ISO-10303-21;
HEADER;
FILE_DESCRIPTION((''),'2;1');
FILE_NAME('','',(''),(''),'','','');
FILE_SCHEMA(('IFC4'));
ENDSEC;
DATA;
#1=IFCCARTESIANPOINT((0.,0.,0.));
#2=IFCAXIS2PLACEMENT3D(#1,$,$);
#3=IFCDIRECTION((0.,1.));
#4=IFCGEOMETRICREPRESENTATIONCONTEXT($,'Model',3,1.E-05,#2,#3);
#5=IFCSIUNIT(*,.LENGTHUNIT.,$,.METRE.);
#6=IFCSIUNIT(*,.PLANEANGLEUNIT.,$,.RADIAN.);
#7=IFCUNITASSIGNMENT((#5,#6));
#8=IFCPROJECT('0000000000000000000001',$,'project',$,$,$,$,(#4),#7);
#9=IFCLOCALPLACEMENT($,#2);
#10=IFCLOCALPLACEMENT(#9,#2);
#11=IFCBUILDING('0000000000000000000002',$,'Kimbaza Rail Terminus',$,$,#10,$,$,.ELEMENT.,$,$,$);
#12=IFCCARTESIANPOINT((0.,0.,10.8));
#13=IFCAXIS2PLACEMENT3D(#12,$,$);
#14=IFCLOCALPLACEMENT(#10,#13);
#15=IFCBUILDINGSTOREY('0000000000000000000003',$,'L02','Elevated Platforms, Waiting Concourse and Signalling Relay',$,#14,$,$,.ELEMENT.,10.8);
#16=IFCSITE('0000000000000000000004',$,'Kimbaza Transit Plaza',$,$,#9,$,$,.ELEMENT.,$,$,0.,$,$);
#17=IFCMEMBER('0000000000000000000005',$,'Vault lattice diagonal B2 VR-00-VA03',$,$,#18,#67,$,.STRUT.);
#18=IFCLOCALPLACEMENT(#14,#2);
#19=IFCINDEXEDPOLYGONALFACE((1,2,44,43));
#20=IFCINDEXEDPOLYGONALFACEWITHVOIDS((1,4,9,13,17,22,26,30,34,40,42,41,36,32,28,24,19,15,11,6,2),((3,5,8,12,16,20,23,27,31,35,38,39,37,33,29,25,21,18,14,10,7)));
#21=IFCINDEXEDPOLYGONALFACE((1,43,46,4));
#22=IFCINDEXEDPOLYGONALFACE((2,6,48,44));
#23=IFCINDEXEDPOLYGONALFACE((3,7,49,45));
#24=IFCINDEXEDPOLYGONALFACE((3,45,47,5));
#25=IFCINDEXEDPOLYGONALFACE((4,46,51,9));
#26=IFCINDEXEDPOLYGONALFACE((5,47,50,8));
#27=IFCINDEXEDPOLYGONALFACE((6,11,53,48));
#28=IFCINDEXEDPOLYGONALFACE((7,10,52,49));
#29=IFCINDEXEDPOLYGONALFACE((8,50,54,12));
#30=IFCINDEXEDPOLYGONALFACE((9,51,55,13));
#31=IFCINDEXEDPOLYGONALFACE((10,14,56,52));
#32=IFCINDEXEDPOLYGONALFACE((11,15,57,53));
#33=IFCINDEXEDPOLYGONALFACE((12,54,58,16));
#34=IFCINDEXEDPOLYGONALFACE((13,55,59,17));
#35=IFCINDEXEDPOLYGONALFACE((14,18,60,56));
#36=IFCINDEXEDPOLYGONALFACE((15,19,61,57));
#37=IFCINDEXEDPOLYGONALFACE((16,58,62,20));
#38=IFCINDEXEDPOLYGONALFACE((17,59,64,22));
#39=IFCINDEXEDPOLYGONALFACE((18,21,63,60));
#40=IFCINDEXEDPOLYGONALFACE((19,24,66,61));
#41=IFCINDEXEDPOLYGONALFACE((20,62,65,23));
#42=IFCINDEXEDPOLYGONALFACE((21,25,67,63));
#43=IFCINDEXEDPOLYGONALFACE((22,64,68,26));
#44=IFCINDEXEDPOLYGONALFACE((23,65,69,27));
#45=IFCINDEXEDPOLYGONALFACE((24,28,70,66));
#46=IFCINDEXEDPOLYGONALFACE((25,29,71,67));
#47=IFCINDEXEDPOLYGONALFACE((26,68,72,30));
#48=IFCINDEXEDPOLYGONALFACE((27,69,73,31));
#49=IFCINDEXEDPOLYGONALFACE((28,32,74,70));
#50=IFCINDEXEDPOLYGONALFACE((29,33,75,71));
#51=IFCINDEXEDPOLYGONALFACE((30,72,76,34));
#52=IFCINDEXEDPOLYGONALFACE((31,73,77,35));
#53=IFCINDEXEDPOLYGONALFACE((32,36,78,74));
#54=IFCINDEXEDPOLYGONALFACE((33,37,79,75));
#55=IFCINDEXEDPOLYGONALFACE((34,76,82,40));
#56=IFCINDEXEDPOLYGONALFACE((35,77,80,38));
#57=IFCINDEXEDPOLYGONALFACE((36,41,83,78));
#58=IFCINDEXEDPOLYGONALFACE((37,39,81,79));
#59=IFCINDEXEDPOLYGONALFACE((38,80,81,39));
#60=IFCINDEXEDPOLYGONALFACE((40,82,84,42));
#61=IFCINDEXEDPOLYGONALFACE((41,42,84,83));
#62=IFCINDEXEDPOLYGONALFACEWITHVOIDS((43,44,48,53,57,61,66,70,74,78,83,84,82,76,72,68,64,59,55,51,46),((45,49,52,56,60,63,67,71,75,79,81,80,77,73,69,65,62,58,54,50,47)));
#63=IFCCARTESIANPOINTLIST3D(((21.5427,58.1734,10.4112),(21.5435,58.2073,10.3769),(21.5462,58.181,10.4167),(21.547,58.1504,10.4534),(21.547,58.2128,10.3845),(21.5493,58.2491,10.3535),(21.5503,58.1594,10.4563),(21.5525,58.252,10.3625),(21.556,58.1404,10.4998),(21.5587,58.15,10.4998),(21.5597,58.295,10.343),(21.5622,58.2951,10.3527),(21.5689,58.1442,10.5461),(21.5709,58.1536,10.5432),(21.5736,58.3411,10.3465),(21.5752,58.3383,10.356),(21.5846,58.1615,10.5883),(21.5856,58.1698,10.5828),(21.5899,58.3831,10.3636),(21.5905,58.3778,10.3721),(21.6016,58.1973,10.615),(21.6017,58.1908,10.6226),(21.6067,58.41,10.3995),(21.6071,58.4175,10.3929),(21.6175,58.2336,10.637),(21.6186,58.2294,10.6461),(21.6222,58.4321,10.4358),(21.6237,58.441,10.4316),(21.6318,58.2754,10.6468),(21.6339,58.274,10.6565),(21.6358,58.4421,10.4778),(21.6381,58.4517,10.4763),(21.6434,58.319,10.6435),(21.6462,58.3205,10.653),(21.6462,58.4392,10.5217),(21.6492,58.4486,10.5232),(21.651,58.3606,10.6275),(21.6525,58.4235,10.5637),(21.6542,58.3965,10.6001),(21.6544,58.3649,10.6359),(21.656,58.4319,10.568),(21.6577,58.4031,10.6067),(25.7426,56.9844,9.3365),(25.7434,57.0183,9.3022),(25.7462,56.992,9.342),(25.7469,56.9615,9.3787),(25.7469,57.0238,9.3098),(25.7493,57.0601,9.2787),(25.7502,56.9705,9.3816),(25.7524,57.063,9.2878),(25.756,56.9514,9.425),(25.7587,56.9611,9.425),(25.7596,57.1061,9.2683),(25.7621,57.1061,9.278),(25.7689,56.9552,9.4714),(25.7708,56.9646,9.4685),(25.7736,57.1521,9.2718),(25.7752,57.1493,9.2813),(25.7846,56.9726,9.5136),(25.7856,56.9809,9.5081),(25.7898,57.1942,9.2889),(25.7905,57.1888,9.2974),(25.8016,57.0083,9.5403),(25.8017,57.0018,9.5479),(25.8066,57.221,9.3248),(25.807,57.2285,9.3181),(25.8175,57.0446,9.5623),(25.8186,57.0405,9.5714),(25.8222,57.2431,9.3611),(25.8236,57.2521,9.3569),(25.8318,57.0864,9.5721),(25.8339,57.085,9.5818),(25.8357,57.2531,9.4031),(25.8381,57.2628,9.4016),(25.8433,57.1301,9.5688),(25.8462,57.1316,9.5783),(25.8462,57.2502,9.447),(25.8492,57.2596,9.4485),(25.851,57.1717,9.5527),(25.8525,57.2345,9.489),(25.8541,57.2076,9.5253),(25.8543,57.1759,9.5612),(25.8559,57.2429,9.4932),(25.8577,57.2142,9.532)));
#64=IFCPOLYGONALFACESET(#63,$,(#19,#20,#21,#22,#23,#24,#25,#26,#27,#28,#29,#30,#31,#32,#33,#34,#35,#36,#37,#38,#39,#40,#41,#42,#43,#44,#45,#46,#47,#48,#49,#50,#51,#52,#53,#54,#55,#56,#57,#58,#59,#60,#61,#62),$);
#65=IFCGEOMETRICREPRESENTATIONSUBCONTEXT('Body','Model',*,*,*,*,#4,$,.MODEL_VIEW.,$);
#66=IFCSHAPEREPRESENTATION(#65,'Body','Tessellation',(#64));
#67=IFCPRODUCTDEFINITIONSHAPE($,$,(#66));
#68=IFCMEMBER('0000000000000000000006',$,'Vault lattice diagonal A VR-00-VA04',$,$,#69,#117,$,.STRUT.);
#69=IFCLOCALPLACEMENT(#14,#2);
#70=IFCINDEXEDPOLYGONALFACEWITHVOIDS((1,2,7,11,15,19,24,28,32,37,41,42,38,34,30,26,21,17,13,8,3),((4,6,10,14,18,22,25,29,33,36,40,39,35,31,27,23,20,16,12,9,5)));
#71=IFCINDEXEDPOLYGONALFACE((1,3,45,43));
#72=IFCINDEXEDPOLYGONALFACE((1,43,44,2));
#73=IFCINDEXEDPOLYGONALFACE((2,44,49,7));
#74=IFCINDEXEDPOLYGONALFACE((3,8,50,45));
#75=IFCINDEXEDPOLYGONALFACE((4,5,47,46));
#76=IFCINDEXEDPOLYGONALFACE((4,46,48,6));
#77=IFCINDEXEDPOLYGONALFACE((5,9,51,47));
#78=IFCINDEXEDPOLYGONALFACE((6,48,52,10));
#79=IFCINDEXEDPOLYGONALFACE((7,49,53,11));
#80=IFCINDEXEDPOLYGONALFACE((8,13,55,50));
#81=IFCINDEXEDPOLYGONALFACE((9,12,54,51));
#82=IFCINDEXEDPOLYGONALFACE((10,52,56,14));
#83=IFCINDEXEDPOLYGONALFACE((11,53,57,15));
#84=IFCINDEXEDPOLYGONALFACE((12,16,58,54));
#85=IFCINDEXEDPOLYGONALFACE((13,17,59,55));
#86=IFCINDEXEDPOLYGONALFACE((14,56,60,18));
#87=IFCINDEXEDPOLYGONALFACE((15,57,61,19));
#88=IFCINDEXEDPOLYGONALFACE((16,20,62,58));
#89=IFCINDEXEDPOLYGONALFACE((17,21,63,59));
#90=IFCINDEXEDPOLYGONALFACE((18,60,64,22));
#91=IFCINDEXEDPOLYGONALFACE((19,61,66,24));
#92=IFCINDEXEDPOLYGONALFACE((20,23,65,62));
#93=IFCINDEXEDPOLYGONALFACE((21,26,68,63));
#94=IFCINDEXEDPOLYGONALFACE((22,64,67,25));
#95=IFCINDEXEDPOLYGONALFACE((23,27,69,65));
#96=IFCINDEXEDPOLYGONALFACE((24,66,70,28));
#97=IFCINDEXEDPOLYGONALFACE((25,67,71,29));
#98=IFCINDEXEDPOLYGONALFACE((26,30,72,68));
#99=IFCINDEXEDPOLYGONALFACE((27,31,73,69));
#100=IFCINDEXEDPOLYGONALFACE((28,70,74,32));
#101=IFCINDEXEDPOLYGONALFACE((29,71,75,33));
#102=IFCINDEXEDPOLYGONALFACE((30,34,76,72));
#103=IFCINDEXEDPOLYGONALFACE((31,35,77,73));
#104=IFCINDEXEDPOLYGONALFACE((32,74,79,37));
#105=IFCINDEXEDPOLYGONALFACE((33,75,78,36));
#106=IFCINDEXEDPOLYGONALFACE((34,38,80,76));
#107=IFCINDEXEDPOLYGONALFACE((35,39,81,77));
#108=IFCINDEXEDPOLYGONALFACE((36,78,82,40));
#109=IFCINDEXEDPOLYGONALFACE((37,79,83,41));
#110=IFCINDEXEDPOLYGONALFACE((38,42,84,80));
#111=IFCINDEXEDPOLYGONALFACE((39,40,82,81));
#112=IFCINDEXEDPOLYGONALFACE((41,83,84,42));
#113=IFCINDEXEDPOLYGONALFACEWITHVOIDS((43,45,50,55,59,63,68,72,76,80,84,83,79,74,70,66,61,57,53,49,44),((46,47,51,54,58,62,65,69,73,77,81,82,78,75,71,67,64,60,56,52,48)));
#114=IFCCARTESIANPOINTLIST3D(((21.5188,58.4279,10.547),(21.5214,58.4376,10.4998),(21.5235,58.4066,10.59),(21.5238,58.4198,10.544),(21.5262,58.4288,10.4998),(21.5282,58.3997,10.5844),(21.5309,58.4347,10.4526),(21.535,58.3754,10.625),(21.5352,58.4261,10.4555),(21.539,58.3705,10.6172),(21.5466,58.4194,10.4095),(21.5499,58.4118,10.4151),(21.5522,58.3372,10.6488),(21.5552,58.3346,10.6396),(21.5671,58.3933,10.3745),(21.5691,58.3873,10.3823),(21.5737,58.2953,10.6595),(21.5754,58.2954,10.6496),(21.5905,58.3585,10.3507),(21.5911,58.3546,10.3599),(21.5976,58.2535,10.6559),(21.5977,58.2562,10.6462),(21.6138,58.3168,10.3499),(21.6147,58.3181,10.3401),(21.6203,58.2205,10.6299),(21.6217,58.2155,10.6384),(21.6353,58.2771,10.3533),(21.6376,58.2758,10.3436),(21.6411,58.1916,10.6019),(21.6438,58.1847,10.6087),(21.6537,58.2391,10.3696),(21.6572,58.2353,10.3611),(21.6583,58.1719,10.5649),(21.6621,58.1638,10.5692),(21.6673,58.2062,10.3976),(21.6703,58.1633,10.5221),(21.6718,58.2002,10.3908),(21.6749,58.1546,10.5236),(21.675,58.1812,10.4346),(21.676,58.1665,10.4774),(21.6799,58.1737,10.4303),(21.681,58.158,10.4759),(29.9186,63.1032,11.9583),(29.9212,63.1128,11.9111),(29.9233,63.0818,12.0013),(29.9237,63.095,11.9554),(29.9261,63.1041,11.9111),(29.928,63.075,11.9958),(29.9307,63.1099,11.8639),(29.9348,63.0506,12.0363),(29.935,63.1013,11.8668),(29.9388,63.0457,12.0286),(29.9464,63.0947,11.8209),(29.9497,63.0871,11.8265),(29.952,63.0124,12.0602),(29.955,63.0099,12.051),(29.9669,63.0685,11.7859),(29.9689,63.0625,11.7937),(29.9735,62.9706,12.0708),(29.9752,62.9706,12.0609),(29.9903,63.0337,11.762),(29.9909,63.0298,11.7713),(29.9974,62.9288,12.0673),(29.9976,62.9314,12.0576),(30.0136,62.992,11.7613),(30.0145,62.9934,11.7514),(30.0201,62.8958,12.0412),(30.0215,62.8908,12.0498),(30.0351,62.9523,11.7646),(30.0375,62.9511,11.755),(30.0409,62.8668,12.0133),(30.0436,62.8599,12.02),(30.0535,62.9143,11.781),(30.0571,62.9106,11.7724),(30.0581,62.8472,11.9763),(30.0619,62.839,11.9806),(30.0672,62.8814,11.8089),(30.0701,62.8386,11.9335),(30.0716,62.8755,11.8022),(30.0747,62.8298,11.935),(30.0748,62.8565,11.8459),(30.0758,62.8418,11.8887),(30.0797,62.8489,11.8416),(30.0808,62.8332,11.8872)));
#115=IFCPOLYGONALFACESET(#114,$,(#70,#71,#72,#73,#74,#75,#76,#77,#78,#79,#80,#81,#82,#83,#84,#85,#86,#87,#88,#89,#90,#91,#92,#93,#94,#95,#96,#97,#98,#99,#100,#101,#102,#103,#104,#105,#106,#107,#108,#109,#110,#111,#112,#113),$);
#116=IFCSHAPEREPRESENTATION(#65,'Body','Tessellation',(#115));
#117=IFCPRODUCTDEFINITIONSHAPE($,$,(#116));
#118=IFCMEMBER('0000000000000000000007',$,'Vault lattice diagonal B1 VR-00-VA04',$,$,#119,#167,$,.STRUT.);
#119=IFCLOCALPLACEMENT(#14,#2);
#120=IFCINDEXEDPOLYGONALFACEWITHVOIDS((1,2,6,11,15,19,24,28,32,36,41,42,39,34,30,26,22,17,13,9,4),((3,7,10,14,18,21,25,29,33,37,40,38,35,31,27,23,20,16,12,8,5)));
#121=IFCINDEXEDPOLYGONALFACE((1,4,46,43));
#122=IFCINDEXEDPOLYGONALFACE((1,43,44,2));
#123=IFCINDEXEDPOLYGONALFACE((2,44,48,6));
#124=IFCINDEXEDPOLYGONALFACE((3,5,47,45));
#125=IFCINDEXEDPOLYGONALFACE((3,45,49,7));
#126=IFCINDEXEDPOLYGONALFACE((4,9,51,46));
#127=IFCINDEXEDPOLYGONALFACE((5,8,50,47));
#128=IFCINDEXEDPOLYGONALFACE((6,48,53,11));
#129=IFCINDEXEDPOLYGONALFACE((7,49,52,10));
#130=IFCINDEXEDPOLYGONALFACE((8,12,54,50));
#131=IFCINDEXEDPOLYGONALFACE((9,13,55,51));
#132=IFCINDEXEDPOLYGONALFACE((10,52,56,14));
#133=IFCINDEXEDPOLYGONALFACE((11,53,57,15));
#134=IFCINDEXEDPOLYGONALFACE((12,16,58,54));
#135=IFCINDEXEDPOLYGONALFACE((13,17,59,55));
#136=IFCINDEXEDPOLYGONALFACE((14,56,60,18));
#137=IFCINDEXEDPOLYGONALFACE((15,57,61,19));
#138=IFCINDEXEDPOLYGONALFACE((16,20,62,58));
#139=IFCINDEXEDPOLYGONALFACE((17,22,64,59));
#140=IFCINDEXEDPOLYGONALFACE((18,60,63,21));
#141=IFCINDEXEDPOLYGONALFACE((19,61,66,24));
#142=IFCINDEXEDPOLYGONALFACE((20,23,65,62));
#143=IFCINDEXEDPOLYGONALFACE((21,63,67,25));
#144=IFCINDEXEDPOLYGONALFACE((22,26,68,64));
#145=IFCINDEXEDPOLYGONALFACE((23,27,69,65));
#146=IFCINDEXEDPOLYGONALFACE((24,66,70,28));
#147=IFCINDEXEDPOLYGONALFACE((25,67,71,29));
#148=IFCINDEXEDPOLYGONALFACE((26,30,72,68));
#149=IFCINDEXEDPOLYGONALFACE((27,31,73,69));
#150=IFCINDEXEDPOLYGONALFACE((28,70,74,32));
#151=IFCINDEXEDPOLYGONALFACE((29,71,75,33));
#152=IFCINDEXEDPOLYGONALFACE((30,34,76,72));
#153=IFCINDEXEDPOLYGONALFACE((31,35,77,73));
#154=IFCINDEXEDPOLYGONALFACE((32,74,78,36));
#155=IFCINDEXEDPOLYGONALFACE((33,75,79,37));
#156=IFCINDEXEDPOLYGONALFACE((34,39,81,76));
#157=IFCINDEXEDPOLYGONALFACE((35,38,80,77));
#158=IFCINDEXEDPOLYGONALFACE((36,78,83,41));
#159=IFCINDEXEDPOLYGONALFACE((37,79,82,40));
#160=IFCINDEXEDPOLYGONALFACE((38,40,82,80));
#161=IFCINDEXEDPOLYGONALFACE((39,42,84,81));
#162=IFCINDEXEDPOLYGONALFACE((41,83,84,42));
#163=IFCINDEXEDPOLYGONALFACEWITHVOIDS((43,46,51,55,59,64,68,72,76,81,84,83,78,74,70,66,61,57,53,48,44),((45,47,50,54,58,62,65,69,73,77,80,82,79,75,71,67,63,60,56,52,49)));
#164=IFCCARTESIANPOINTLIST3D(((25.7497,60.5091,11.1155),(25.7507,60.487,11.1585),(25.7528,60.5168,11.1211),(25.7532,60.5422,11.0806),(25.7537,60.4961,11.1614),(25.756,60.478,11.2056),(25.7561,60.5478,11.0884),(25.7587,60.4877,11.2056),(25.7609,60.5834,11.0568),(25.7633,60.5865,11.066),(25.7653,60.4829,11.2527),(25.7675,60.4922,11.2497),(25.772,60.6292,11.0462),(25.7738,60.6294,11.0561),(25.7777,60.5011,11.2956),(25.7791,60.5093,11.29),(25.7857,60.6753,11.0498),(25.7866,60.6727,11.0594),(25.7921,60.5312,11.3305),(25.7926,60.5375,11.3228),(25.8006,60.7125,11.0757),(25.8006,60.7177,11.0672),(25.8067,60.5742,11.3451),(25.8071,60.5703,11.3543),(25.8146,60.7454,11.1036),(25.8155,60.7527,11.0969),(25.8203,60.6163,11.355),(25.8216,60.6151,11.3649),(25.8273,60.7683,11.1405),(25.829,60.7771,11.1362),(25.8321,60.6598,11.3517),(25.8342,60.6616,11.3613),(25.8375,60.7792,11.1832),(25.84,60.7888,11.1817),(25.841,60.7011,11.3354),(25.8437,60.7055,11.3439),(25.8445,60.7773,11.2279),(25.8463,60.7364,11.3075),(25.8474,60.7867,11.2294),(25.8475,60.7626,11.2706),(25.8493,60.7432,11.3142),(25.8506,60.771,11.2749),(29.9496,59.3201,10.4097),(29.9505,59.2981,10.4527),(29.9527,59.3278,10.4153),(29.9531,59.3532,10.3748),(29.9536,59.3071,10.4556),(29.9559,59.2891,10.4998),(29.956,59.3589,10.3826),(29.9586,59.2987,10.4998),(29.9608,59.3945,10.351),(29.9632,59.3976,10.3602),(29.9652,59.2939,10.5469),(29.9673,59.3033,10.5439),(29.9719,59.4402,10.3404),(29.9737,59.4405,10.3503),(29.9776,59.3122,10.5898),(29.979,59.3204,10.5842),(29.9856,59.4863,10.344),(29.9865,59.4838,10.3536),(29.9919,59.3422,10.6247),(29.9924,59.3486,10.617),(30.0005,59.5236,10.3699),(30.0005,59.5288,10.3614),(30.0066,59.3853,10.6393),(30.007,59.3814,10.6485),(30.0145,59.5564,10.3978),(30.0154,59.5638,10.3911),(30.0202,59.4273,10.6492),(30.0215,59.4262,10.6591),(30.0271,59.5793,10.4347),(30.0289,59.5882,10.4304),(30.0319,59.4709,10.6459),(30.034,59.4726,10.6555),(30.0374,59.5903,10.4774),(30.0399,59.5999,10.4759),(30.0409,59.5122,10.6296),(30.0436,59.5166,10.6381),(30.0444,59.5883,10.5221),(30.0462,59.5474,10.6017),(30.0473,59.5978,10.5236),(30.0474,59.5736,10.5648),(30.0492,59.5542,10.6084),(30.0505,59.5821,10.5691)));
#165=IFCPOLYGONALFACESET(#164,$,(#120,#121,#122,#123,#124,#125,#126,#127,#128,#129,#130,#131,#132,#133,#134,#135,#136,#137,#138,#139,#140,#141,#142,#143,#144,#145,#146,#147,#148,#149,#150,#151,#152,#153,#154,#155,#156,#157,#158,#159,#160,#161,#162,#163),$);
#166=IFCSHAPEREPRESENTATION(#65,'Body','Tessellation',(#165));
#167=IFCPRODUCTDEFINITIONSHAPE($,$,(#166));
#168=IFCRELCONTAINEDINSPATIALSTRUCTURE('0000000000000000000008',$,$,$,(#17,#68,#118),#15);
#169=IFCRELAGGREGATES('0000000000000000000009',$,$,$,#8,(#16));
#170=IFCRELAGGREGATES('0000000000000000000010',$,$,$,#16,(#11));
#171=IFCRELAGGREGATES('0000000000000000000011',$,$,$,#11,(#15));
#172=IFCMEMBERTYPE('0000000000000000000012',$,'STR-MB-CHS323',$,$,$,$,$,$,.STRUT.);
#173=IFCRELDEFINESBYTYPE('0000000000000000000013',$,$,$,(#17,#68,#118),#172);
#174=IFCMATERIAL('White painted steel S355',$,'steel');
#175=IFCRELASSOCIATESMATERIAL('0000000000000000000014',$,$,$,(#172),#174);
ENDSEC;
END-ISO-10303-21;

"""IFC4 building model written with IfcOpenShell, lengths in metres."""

from ifc_helpers import new_model, si_unit, direction, frame, origin, origin_2d, place, context, subcontext, project, spatial, hollow_circle, extrude, material, material_profile, profile_set, type_object, element, save


model = new_model("IFC4")

# Units and contexts
model_context = context("Model", 3, precision=1e-05, world=origin(), true_north=direction((0.0, 1.0)))
body_context = subcontext(model_context, "Body", "Model", "MODEL_VIEW")
ifc_project = project(units=[si_unit("LENGTHUNIT", "METRE"), si_unit("PLANEANGLEUNIT", "RADIAN")], contexts=[model_context])

# Site, building, storey
site_placement = place(None, origin())
site = spatial("IfcSite", under=ifc_project, at=site_placement, Name="Kimbaza Transit Plaza", CompositionType="ELEMENT", RefElevation=0.0)
building_placement = place(site_placement, origin())
building = spatial("IfcBuilding", under=site, at=building_placement, Name="Kimbaza Rail Terminus", CompositionType="ELEMENT")
storey_placement = place(building_placement, frame((0.0, 0.0, 10.8)))
storey = spatial("IfcBuildingStorey", under=building, at=storey_placement, Name="L02", Description="Elevated Platforms, Waiting Concourse and Signalling Relay", CompositionType="ELEMENT", Elevation=10.8)

# Members
ifc_material_1 = material(Name="White painted steel S355", Category="steel")
ifc_material_profile_1 = material_profile(ifc_material_1, hollow_circle(Radius=0.1619, WallThickness=0.01, at=origin_2d()), Name="CHS 323.9x10")
ifc_profile_set_1 = profile_set([ifc_material_profile_1], Name="White painted steel S355")
member_type_1 = type_object("IfcMemberType", Name="STR-MB-CHS323", PredefinedType="STRUT", material=ifc_profile_set_1)
for number, where, z_axis, x_axis, name in (
    (1, (25.8, 57.1072, 9.425), (-0.934287, 0.264487, 0.239071), (-0.272386, -0.962188, 0.0), "Vault lattice diagonal B2 VR-00-VA03"),
):
    element("IfcMember", number, at=place(storey_placement, frame(where, z_axis=z_axis, x_axis=x_axis)), inside=storey, type_object=member_type_1, Name=name, PredefinedType="STRUT", context=body_context, shape_type="SweptSolid", body=[
        extrude(hollow_circle(Radius=0.1619, WallThickness=0.01, at=origin_2d()), origin(), (0.0, 0.0, 1.0), 4.4954),
    ])
member_1_placement = place(storey_placement, frame((21.6001, 58.2961, 10.4998), z_axis=(0.864506, 0.481175, 0.145257), x_axis=(-0.486333, 0.873774, 0.0)))
element("IfcMember", 2, at=member_1_placement, inside=storey, type_object=member_type_1, Name="Vault lattice diagonal A VR-00-VA04", PredefinedType="STRUT", context=body_context, shape_type="SweptSolid", body=[
    extrude(hollow_circle(Radius=0.1619, WallThickness=0.01, at=origin_2d()), origin(), (0.0, 0.0, 1.0), 9.7163),
])
for number, where, z_axis, x_axis, name in (
    (3, (30.0, 59.4448, 10.4998), (-0.949851, 0.268893, 0.159624), (-0.272386, -0.962188, 0.0), "Vault lattice diagonal B1 VR-00-VA04"),
):
    element("IfcMember", number, at=place(storey_placement, frame(where, z_axis=z_axis, x_axis=x_axis)), inside=storey, type_object=member_type_1, Name=name, PredefinedType="STRUT", context=body_context, shape_type="SweptSolid", body=[
        extrude(hollow_circle(Radius=0.1619, WallThickness=0.01, at=origin_2d()), origin(), (0.0, 0.0, 1.0), 4.4216),
    ])

save(model, "model.ifc")
